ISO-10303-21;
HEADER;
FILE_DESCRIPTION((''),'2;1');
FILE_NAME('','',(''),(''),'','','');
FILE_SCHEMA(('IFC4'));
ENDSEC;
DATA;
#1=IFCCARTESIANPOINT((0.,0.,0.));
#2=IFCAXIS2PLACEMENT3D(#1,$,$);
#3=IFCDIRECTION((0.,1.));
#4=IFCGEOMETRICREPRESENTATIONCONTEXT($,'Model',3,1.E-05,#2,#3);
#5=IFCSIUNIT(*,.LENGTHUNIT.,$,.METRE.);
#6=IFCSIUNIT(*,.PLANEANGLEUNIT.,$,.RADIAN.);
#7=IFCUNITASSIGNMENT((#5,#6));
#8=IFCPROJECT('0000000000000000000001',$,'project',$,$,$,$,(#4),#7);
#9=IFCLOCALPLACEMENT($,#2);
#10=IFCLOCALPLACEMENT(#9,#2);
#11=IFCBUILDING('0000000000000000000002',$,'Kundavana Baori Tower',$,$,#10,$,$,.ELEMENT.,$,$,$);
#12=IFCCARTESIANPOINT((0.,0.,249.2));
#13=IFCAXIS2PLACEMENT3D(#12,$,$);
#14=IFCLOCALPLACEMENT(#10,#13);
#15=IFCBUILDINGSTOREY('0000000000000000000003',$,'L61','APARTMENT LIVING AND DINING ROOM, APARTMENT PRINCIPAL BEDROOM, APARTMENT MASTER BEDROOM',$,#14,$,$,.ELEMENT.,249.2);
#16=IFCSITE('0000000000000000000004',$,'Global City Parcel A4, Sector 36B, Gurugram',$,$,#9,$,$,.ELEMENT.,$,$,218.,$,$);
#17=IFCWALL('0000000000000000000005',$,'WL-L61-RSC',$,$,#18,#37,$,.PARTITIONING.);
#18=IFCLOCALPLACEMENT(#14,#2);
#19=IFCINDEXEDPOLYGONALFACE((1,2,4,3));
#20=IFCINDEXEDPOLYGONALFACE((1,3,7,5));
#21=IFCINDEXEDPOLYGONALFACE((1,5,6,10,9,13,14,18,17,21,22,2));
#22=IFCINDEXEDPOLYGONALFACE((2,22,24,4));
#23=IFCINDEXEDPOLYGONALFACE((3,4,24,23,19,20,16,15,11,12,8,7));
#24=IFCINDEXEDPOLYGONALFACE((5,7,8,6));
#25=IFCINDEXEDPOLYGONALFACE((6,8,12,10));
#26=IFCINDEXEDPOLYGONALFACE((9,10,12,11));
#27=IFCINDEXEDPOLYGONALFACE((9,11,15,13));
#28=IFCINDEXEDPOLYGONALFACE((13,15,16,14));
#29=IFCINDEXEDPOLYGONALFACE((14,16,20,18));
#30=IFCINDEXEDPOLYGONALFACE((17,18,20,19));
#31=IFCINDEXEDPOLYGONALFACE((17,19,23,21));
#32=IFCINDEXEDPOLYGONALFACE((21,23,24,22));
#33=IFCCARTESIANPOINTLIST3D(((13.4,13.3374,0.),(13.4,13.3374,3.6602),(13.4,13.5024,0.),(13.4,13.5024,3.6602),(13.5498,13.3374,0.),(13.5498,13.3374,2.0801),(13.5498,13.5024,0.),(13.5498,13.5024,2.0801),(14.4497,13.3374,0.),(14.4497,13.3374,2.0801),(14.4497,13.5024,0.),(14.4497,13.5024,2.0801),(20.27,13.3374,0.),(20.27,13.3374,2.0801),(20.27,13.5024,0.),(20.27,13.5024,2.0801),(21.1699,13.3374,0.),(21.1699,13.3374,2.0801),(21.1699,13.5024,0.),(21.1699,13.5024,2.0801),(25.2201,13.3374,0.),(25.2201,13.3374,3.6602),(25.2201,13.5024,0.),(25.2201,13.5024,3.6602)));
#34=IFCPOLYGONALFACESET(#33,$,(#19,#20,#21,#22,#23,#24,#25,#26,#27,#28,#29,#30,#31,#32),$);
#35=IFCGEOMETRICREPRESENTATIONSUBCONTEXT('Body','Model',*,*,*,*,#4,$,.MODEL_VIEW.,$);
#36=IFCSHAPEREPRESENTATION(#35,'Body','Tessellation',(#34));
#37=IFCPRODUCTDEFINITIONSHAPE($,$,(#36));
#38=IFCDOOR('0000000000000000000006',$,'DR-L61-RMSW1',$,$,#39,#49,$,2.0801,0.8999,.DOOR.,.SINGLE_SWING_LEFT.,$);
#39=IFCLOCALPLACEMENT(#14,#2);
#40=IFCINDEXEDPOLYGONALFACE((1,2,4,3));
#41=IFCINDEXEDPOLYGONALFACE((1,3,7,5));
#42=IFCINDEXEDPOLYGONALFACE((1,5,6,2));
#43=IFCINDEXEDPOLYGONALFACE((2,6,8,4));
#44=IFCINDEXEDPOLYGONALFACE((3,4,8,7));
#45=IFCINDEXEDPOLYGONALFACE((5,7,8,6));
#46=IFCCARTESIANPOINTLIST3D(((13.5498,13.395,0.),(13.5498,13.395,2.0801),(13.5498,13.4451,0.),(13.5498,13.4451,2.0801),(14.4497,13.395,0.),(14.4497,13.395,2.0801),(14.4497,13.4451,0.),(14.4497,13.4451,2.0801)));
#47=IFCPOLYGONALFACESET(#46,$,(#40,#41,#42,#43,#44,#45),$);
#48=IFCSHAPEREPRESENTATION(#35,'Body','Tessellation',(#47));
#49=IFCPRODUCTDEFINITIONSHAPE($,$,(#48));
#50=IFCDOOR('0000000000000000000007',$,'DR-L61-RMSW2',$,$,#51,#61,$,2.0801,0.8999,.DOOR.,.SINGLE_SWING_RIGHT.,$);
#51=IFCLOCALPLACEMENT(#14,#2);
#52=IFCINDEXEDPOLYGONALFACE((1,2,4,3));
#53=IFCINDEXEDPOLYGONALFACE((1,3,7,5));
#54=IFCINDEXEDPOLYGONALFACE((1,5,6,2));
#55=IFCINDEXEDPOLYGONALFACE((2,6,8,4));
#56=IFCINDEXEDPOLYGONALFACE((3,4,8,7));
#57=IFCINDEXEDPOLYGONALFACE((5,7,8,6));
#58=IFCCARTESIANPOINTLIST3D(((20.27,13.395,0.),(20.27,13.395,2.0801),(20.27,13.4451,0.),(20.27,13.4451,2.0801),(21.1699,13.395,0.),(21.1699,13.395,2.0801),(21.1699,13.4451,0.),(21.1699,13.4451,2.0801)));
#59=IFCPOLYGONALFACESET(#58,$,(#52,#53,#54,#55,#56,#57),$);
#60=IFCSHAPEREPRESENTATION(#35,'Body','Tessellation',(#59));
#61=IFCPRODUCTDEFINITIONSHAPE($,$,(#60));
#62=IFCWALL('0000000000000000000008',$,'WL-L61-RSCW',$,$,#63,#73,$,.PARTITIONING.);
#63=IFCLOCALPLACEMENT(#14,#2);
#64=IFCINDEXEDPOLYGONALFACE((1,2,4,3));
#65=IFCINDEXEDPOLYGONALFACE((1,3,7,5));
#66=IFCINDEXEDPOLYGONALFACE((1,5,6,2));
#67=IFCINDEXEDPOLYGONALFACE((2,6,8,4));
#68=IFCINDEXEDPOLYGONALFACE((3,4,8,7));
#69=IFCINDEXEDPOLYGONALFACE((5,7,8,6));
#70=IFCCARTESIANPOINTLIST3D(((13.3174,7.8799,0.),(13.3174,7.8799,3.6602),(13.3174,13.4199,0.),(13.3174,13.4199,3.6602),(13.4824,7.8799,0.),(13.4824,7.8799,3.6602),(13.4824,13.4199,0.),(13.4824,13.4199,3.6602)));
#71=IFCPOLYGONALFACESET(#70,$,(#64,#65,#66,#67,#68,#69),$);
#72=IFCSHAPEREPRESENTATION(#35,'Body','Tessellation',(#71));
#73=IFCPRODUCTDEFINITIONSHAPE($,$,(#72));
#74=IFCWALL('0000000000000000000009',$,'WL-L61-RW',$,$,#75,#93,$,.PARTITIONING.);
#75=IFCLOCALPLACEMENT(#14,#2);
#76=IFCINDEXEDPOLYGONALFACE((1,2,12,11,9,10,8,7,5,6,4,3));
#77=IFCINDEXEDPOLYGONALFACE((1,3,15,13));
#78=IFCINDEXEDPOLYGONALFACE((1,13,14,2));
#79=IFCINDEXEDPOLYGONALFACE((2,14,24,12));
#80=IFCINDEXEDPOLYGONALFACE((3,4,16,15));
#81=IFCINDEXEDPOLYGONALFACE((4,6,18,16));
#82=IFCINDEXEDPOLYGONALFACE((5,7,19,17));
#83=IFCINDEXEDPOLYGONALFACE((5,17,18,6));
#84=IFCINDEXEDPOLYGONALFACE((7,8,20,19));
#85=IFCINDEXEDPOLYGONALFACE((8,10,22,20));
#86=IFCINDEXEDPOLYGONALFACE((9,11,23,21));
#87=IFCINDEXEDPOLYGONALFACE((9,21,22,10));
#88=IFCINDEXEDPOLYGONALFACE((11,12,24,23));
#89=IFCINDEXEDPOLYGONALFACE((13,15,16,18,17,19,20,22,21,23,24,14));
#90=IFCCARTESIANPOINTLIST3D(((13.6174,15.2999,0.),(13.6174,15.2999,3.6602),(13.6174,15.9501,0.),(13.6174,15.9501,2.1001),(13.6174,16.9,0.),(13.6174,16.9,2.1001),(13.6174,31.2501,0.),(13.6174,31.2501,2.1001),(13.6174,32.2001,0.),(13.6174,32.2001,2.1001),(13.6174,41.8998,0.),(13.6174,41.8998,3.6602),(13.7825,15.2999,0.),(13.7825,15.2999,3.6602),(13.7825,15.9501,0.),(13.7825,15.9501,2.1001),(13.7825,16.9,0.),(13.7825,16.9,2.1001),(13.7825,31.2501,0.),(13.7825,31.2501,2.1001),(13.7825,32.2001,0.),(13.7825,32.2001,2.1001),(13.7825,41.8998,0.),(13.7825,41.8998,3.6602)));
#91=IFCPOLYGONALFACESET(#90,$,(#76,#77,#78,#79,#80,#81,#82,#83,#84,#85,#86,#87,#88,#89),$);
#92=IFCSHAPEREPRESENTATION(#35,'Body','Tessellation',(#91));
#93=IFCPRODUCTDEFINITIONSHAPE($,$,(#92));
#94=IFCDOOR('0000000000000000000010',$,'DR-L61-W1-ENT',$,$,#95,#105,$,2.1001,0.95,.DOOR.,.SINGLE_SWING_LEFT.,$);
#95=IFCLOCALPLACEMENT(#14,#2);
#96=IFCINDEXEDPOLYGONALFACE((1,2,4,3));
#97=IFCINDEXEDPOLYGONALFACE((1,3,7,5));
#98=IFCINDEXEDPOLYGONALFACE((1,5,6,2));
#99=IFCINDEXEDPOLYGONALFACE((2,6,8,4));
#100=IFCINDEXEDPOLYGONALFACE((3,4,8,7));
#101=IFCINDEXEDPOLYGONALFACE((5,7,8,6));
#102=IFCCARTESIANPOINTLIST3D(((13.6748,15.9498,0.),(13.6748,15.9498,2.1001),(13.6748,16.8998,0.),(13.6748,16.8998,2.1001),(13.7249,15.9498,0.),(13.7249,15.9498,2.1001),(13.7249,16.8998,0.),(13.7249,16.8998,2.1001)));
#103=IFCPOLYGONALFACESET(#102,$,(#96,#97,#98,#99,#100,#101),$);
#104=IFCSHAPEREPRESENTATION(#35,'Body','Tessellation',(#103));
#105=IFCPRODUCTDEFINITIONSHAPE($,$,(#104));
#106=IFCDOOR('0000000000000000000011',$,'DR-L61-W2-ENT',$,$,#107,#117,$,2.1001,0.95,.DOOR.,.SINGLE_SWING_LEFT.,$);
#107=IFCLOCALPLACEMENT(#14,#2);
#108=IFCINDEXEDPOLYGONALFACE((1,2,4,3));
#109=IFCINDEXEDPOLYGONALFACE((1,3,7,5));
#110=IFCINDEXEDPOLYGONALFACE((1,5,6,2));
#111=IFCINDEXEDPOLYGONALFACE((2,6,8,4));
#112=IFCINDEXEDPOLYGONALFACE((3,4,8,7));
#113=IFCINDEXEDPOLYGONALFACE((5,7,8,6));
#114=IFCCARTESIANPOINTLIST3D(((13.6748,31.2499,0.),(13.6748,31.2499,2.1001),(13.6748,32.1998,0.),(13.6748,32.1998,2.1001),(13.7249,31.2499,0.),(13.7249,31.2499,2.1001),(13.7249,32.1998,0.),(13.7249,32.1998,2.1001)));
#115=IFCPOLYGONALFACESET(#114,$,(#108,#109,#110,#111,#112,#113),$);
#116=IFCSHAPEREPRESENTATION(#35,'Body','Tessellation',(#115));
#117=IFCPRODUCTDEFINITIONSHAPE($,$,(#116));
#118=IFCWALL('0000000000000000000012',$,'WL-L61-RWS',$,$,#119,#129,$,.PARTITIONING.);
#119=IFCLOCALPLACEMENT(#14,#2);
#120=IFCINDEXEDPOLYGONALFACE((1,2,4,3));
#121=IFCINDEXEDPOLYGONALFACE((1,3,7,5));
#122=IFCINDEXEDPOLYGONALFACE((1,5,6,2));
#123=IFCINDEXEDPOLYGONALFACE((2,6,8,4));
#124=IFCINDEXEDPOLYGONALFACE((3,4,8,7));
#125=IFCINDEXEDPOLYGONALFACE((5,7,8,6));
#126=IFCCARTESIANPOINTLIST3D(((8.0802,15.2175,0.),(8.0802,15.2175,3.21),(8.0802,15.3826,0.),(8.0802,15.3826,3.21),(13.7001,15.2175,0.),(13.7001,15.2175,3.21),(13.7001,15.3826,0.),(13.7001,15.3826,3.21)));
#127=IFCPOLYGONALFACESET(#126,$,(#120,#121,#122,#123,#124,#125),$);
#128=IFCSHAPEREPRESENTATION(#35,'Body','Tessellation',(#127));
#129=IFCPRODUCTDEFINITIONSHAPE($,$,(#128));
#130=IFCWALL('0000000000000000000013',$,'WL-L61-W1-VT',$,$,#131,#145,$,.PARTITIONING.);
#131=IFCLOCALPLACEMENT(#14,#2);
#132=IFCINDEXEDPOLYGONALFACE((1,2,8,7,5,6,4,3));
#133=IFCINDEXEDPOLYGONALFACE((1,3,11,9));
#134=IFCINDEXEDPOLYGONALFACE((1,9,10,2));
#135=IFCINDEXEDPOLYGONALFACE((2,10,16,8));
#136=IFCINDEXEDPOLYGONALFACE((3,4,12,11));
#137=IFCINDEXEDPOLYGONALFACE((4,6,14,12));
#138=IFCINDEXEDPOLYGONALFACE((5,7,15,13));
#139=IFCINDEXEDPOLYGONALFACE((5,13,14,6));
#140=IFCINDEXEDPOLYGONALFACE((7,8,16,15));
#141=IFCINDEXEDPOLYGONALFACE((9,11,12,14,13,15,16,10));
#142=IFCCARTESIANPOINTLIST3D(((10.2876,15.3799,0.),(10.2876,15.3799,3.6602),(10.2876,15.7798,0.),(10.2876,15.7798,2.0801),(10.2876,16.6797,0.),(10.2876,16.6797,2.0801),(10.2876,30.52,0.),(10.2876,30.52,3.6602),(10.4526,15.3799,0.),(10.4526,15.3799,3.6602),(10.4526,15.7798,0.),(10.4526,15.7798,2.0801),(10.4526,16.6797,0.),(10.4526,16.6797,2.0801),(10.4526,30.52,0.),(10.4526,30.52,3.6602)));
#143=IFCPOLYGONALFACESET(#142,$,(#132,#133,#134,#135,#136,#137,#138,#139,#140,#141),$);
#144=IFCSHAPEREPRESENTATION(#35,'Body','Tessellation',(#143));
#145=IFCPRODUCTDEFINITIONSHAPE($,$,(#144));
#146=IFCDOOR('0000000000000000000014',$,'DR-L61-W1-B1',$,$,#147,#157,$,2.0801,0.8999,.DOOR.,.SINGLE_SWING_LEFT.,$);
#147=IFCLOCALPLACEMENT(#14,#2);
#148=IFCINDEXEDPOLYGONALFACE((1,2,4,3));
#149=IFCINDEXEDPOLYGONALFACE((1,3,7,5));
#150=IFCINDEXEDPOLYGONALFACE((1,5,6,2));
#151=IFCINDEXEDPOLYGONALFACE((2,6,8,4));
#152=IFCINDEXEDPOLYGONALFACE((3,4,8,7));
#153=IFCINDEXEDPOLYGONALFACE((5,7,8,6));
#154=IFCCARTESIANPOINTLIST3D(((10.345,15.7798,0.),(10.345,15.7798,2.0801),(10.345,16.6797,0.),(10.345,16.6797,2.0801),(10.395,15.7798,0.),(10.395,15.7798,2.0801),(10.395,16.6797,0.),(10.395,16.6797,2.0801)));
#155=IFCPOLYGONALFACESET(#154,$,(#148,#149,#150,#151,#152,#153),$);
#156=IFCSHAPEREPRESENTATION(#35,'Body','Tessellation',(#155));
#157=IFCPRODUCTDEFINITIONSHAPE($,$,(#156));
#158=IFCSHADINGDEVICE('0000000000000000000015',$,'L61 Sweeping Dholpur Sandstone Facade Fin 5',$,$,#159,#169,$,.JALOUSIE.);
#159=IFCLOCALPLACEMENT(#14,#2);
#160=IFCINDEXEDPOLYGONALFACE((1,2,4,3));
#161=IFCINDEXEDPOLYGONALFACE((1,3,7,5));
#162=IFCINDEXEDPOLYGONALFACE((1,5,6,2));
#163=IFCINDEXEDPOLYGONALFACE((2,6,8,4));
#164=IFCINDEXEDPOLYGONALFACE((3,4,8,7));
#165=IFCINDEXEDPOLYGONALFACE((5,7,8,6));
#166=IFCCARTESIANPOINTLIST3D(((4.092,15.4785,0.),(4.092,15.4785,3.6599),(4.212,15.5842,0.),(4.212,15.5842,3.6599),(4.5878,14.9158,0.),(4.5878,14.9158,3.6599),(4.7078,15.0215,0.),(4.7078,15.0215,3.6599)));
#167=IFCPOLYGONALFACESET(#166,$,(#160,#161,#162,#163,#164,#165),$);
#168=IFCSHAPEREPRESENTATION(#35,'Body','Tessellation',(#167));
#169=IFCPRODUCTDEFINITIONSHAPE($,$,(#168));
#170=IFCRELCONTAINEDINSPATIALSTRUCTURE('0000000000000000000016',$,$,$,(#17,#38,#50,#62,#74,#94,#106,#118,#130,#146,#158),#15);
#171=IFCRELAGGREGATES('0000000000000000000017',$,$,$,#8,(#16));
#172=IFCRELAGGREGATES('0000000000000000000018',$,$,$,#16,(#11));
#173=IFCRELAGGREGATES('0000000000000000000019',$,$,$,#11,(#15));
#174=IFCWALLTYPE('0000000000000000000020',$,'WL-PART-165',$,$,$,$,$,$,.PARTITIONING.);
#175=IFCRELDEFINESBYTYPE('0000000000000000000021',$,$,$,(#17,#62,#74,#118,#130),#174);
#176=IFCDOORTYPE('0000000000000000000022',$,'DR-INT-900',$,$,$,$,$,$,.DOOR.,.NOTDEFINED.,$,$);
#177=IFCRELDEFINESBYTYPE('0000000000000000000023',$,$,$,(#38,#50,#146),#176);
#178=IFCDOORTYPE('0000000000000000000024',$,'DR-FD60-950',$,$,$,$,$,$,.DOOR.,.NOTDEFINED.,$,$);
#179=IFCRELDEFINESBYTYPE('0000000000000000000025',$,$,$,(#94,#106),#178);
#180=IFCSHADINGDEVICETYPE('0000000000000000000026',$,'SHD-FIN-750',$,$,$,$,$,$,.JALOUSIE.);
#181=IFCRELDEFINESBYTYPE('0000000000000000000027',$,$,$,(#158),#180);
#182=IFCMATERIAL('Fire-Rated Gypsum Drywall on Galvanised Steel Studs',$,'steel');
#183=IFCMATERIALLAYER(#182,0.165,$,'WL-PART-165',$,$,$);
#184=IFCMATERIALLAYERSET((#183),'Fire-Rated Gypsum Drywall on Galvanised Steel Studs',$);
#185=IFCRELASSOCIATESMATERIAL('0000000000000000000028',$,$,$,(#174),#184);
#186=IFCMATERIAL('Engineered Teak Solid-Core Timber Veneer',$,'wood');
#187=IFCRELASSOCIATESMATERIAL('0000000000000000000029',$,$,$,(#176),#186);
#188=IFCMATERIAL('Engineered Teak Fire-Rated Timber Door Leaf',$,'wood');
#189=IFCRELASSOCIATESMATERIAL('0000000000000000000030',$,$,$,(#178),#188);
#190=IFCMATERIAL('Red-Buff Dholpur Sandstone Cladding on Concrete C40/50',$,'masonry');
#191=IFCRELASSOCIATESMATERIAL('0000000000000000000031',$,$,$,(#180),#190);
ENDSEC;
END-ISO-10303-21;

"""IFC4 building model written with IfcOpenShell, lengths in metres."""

from ifc_helpers import new_model, si_unit, direction, frame, frame_2d, origin, origin_2d, place, context, subcontext, project, spatial, rectangle, extrude, material, layer, layer_set, type_object, element, fill, save


model = new_model("IFC4")

# Units and contexts
model_context = context("Model", 3, precision=1e-05, world=origin(), true_north=direction((0.0, 1.0)))
body_context = subcontext(model_context, "Body", "Model", "MODEL_VIEW")
ifc_project = project(units=[si_unit("LENGTHUNIT", "METRE"), si_unit("PLANEANGLEUNIT", "RADIAN")], contexts=[model_context])

# Site, building, storey
site_placement = place(None, origin())
site = spatial("IfcSite", under=ifc_project, at=site_placement, Name="Global City Parcel A4, Sector 36B, Gurugram", CompositionType="ELEMENT", RefElevation=218.0)
building_placement = place(site_placement, origin())
building = spatial("IfcBuilding", under=site, at=building_placement, Name="Kundavana Baori Tower", CompositionType="ELEMENT")
storey_placement = place(building_placement, frame((0.0, 0.0, 249.2)))
storey = spatial("IfcBuildingStorey", under=building, at=storey_placement, Name="L61", Description="APARTMENT LIVING AND DINING ROOM, APARTMENT PRINCIPAL BEDROOM, APARTMENT MASTER BEDROOM", CompositionType="ELEMENT", Elevation=249.2)

# Wall, openings, doors
ifc_material_1 = material(Name="Fire-Rated Gypsum Drywall on Galvanised Steel Studs", Category="steel")
ifc_layer_1 = layer(ifc_material_1, 0.165, Name="WL-PART-165")
ifc_layer_set_1 = layer_set([ifc_layer_1], Name="Fire-Rated Gypsum Drywall on Galvanised Steel Studs")
wall_type_1 = type_object("IfcWallType", Name="WL-PART-165", PredefinedType="PARTITIONING", material=ifc_layer_set_1)
wall_1_placement = place(storey_placement, frame((13.3999, 13.4199, 0.0), z_axis=(0.0, 0.0, 1.0), x_axis=(1.0, 0.0, 0.0)))
wall_1 = element("IfcWall", 1, at=wall_1_placement, inside=storey, type_object=wall_type_1, Name="WL-L61-RSC", PredefinedType="PARTITIONING", context=body_context, shape_type="SweptSolid", body=[
    extrude(rectangle(XDim=11.8201, YDim=0.165, at=frame_2d((5.9102, 0.0))), origin(), (0.0, 0.0, 1.0), 3.6602),
])
opening_1_placement = place(wall_1_placement, frame((0.1499, 0.0, 0.0)))
opening_1 = element("IfcOpeningElement", 2, at=opening_1_placement, cuts=wall_1, PredefinedType="OPENING", context=body_context, shape_type="SweptSolid", body=[
    extrude(rectangle(XDim=0.8999, YDim=2.0801, at=frame_2d((0.45, 1.04))), frame((0.0, 0.0925, 0.0), z_axis=(0.0, -1.0, 0.0), x_axis=(1.0, 0.0, 0.0)), (0.0, 0.0, 1.0), 0.1851),
])
opening_2_placement = place(wall_1_placement, frame((6.8701, 0.0, 0.0)))
opening_2 = element("IfcOpeningElement", 3, at=opening_2_placement, cuts=wall_1, PredefinedType="OPENING", context=body_context, shape_type="SweptSolid", body=[
    extrude(rectangle(XDim=0.8999, YDim=2.0801, at=frame_2d((0.45, 1.04))), frame((0.0, 0.0925, 0.0), z_axis=(0.0, -1.0, 0.0), x_axis=(1.0, 0.0, 0.0)), (0.0, 0.0, 1.0), 0.1851),
])
ifc_material_2 = material(Name="Engineered Teak Solid-Core Timber Veneer", Category="wood")
door_type_1 = type_object("IfcDoorType", Name="DR-INT-900", OperationType="NOTDEFINED", PredefinedType="DOOR", material=ifc_material_2)
door_1_placement = place(opening_1_placement, frame((0.8999, 0.0, 0.0), z_axis=(0.0, 0.0, 1.0), x_axis=(-1.0, 0.0, 0.0)))
door_1 = element("IfcDoor", 4, at=door_1_placement, inside=storey, type_object=door_type_1, Name="DR-L61-RMSW1", OperationType="SINGLE_SWING_LEFT", OverallHeight=2.0801, OverallWidth=0.8999, PredefinedType="DOOR", context=body_context, shape_type="SweptSolid", body=[
    extrude(rectangle(XDim=0.8999, YDim=2.0801, at=frame_2d((0.45, 1.04))), frame((0.0, 0.0249, 0.0), z_axis=(0.0, -1.0, 0.0), x_axis=(1.0, 0.0, 0.0)), (0.0, 0.0, 1.0), 0.05),
])
fill(opening_1, door_1)
door_2_placement = place(opening_2_placement, frame((0.8999, 0.0, 0.0), z_axis=(0.0, 0.0, 1.0), x_axis=(-1.0, 0.0, 0.0)))
door_2 = element("IfcDoor", 5, at=door_2_placement, inside=storey, type_object=door_type_1, Name="DR-L61-RMSW2", OperationType="SINGLE_SWING_RIGHT", OverallHeight=2.0801, OverallWidth=0.8999, PredefinedType="DOOR", context=body_context, shape_type="SweptSolid", body=[
    extrude(rectangle(XDim=0.8999, YDim=2.0801, at=frame_2d((0.45, 1.04))), frame((0.0, 0.0249, 0.0), z_axis=(0.0, -1.0, 0.0), x_axis=(1.0, 0.0, 0.0)), (0.0, 0.0, 1.0), 0.05),
])
fill(opening_2, door_2)

# Wall
wall_2_placement = place(storey_placement, frame((13.3999, 7.8799, 0.0), z_axis=(0.0, 0.0, 1.0), x_axis=(0.0, 1.0, 0.0)))
element("IfcWall", 6, at=wall_2_placement, inside=storey, type_object=wall_type_1, Name="WL-L61-RSCW", PredefinedType="PARTITIONING", context=body_context, shape_type="SweptSolid", body=[
    extrude(rectangle(XDim=5.54, YDim=0.165, at=frame_2d((2.77, 0.0))), origin(), (0.0, 0.0, 1.0), 3.6602),
])

# Wall, openings, doors
wall_3_placement = place(storey_placement, frame((13.7, 15.3, 0.0), z_axis=(0.0, 0.0, 1.0), x_axis=(0.0, 1.0, 0.0)))
wall_3 = element("IfcWall", 7, at=wall_3_placement, inside=storey, type_object=wall_type_1, Name="WL-L61-RW", PredefinedType="PARTITIONING", context=body_context, shape_type="SweptSolid", body=[
    extrude(rectangle(XDim=26.5999, YDim=0.165, at=frame_2d((13.2998, 0.0))), origin(), (0.0, 0.0, 1.0), 3.6602),
])
opening_3_placement = place(wall_3_placement, frame((0.6499, 0.0, 0.0)))
opening_3 = element("IfcOpeningElement", 8, at=opening_3_placement, cuts=wall_3, PredefinedType="OPENING", context=body_context, shape_type="SweptSolid", body=[
    extrude(rectangle(XDim=0.95, YDim=2.1001, at=frame_2d((0.4751, 1.05))), frame((0.0, 0.0925, 0.0), z_axis=(0.0, -1.0, 0.0), x_axis=(1.0, 0.0, 0.0)), (0.0, 0.0, 1.0), 0.1851),
])
opening_4_placement = place(wall_3_placement, frame((15.95, 0.0, 0.0)))
opening_4 = element("IfcOpeningElement", 9, at=opening_4_placement, cuts=wall_3, PredefinedType="OPENING", context=body_context, shape_type="SweptSolid", body=[
    extrude(rectangle(XDim=0.95, YDim=2.1001, at=frame_2d((0.4751, 1.05))), frame((0.0, 0.0925, 0.0), z_axis=(0.0, -1.0, 0.0), x_axis=(1.0, 0.0, 0.0)), (0.0, 0.0, 1.0), 0.1851),
])
ifc_material_3 = material(Name="Engineered Teak Fire-Rated Timber Door Leaf", Category="wood")
door_type_2 = type_object("IfcDoorType", Name="DR-FD60-950", OperationType="NOTDEFINED", PredefinedType="DOOR", material=ifc_material_3)
door_3_placement = place(opening_3_placement, frame((0.95, 0.0, 0.0), z_axis=(0.0, 0.0, 1.0), x_axis=(-1.0, 0.0, 0.0)))
door_3 = element("IfcDoor", 10, at=door_3_placement, inside=storey, type_object=door_type_2, Name="DR-L61-W1-ENT", OperationType="SINGLE_SWING_LEFT", OverallHeight=2.1001, OverallWidth=0.95, PredefinedType="DOOR", context=body_context, shape_type="SweptSolid", body=[
    extrude(rectangle(XDim=0.95, YDim=2.1001, at=frame_2d((0.4751, 1.05))), frame((0.0, 0.0249, 0.0), z_axis=(0.0, -1.0, 0.0), x_axis=(1.0, 0.0, 0.0)), (0.0, 0.0, 1.0), 0.05),
])
fill(opening_3, door_3)
door_4_placement = place(opening_4_placement, frame((0.95, 0.0, 0.0), z_axis=(0.0, 0.0, 1.0), x_axis=(-1.0, 0.0, 0.0)))
door_4 = element("IfcDoor", 11, at=door_4_placement, inside=storey, type_object=door_type_2, Name="DR-L61-W2-ENT", OperationType="SINGLE_SWING_LEFT", OverallHeight=2.1001, OverallWidth=0.95, PredefinedType="DOOR", context=body_context, shape_type="SweptSolid", body=[
    extrude(rectangle(XDim=0.95, YDim=2.1001, at=frame_2d((0.4751, 1.05))), frame((0.0, 0.0249, 0.0), z_axis=(0.0, -1.0, 0.0), x_axis=(1.0, 0.0, 0.0)), (0.0, 0.0, 1.0), 0.05),
])
fill(opening_4, door_4)

# Wall
wall_4_placement = place(storey_placement, frame((8.0801, 15.3, 0.0), z_axis=(0.0, 0.0, 1.0), x_axis=(1.0, 0.0, 0.0)))
element("IfcWall", 12, at=wall_4_placement, inside=storey, type_object=wall_type_1, Name="WL-L61-RWS", PredefinedType="PARTITIONING", context=body_context, shape_type="SweptSolid", body=[
    extrude(rectangle(XDim=5.6199, YDim=0.165, at=frame_2d((2.8101, 0.0))), origin(), (0.0, 0.0, 1.0), 3.21),
])

# Wall, opening, door
wall_5_placement = place(storey_placement, frame((10.3701, 15.3799, 0.0), z_axis=(0.0, 0.0, 1.0), x_axis=(0.0, 1.0, 0.0)))
wall_5 = element("IfcWall", 13, at=wall_5_placement, inside=storey, type_object=wall_type_1, Name="WL-L61-W1-VT", PredefinedType="PARTITIONING", context=body_context, shape_type="SweptSolid", body=[
    extrude(rectangle(XDim=15.1401, YDim=0.165, at=frame_2d((7.5701, 0.0))), origin(), (0.0, 0.0, 1.0), 3.6602),
])
opening_5_placement = place(wall_5_placement, frame((0.3999, 0.0, 0.0)))
opening_5 = element("IfcOpeningElement", 14, at=opening_5_placement, cuts=wall_5, PredefinedType="OPENING", context=body_context, shape_type="SweptSolid", body=[
    extrude(rectangle(XDim=0.8999, YDim=2.0801, at=frame_2d((0.45, 1.04))), frame((0.0, 0.0925, 0.0), z_axis=(0.0, -1.0, 0.0), x_axis=(1.0, 0.0, 0.0)), (0.0, 0.0, 1.0), 0.1851),
])
door_5_placement = place(opening_5_placement, frame((0.8999, 0.0, 0.0), z_axis=(0.0, 0.0, 1.0), x_axis=(-1.0, 0.0, 0.0)))
door_5 = element("IfcDoor", 15, at=door_5_placement, inside=storey, type_object=door_type_1, Name="DR-L61-W1-B1", OperationType="SINGLE_SWING_LEFT", OverallHeight=2.0801, OverallWidth=0.8999, PredefinedType="DOOR", context=body_context, shape_type="SweptSolid", body=[
    extrude(rectangle(XDim=0.8999, YDim=2.0801, at=frame_2d((0.45, 1.04))), frame((0.0, 0.0249, 0.0), z_axis=(0.0, -1.0, 0.0), x_axis=(1.0, 0.0, 0.0)), (0.0, 0.0, 1.0), 0.05),
])
fill(opening_5, door_5)

# Shading device
ifc_material_4 = material(Name="Red-Buff Dholpur Sandstone Cladding on Concrete C40/50", Category="masonry")
shading_device_type_1 = type_object("IfcShadingDeviceType", Name="SHD-FIN-750", PredefinedType="JALOUSIE", material=ifc_material_4)
shading_device_1_placement = place(storey_placement, frame((4.3999, 15.25, 0.0), z_axis=(0.0, 0.0, 1.0), x_axis=(0.750342, 0.66105, 0.0)))
element("IfcShadingDevice", 16, at=shading_device_1_placement, inside=storey, type_object=shading_device_type_1, Name="L61 Sweeping Dholpur Sandstone Facade Fin 5", PredefinedType="JALOUSIE", context=body_context, shape_type="SweptSolid", body=[
    extrude(rectangle(XDim=0.1599, YDim=0.75, at=origin_2d()), origin(), (0.0, 0.0, 1.0), 3.6599),
])

save(model, "model.ifc")
